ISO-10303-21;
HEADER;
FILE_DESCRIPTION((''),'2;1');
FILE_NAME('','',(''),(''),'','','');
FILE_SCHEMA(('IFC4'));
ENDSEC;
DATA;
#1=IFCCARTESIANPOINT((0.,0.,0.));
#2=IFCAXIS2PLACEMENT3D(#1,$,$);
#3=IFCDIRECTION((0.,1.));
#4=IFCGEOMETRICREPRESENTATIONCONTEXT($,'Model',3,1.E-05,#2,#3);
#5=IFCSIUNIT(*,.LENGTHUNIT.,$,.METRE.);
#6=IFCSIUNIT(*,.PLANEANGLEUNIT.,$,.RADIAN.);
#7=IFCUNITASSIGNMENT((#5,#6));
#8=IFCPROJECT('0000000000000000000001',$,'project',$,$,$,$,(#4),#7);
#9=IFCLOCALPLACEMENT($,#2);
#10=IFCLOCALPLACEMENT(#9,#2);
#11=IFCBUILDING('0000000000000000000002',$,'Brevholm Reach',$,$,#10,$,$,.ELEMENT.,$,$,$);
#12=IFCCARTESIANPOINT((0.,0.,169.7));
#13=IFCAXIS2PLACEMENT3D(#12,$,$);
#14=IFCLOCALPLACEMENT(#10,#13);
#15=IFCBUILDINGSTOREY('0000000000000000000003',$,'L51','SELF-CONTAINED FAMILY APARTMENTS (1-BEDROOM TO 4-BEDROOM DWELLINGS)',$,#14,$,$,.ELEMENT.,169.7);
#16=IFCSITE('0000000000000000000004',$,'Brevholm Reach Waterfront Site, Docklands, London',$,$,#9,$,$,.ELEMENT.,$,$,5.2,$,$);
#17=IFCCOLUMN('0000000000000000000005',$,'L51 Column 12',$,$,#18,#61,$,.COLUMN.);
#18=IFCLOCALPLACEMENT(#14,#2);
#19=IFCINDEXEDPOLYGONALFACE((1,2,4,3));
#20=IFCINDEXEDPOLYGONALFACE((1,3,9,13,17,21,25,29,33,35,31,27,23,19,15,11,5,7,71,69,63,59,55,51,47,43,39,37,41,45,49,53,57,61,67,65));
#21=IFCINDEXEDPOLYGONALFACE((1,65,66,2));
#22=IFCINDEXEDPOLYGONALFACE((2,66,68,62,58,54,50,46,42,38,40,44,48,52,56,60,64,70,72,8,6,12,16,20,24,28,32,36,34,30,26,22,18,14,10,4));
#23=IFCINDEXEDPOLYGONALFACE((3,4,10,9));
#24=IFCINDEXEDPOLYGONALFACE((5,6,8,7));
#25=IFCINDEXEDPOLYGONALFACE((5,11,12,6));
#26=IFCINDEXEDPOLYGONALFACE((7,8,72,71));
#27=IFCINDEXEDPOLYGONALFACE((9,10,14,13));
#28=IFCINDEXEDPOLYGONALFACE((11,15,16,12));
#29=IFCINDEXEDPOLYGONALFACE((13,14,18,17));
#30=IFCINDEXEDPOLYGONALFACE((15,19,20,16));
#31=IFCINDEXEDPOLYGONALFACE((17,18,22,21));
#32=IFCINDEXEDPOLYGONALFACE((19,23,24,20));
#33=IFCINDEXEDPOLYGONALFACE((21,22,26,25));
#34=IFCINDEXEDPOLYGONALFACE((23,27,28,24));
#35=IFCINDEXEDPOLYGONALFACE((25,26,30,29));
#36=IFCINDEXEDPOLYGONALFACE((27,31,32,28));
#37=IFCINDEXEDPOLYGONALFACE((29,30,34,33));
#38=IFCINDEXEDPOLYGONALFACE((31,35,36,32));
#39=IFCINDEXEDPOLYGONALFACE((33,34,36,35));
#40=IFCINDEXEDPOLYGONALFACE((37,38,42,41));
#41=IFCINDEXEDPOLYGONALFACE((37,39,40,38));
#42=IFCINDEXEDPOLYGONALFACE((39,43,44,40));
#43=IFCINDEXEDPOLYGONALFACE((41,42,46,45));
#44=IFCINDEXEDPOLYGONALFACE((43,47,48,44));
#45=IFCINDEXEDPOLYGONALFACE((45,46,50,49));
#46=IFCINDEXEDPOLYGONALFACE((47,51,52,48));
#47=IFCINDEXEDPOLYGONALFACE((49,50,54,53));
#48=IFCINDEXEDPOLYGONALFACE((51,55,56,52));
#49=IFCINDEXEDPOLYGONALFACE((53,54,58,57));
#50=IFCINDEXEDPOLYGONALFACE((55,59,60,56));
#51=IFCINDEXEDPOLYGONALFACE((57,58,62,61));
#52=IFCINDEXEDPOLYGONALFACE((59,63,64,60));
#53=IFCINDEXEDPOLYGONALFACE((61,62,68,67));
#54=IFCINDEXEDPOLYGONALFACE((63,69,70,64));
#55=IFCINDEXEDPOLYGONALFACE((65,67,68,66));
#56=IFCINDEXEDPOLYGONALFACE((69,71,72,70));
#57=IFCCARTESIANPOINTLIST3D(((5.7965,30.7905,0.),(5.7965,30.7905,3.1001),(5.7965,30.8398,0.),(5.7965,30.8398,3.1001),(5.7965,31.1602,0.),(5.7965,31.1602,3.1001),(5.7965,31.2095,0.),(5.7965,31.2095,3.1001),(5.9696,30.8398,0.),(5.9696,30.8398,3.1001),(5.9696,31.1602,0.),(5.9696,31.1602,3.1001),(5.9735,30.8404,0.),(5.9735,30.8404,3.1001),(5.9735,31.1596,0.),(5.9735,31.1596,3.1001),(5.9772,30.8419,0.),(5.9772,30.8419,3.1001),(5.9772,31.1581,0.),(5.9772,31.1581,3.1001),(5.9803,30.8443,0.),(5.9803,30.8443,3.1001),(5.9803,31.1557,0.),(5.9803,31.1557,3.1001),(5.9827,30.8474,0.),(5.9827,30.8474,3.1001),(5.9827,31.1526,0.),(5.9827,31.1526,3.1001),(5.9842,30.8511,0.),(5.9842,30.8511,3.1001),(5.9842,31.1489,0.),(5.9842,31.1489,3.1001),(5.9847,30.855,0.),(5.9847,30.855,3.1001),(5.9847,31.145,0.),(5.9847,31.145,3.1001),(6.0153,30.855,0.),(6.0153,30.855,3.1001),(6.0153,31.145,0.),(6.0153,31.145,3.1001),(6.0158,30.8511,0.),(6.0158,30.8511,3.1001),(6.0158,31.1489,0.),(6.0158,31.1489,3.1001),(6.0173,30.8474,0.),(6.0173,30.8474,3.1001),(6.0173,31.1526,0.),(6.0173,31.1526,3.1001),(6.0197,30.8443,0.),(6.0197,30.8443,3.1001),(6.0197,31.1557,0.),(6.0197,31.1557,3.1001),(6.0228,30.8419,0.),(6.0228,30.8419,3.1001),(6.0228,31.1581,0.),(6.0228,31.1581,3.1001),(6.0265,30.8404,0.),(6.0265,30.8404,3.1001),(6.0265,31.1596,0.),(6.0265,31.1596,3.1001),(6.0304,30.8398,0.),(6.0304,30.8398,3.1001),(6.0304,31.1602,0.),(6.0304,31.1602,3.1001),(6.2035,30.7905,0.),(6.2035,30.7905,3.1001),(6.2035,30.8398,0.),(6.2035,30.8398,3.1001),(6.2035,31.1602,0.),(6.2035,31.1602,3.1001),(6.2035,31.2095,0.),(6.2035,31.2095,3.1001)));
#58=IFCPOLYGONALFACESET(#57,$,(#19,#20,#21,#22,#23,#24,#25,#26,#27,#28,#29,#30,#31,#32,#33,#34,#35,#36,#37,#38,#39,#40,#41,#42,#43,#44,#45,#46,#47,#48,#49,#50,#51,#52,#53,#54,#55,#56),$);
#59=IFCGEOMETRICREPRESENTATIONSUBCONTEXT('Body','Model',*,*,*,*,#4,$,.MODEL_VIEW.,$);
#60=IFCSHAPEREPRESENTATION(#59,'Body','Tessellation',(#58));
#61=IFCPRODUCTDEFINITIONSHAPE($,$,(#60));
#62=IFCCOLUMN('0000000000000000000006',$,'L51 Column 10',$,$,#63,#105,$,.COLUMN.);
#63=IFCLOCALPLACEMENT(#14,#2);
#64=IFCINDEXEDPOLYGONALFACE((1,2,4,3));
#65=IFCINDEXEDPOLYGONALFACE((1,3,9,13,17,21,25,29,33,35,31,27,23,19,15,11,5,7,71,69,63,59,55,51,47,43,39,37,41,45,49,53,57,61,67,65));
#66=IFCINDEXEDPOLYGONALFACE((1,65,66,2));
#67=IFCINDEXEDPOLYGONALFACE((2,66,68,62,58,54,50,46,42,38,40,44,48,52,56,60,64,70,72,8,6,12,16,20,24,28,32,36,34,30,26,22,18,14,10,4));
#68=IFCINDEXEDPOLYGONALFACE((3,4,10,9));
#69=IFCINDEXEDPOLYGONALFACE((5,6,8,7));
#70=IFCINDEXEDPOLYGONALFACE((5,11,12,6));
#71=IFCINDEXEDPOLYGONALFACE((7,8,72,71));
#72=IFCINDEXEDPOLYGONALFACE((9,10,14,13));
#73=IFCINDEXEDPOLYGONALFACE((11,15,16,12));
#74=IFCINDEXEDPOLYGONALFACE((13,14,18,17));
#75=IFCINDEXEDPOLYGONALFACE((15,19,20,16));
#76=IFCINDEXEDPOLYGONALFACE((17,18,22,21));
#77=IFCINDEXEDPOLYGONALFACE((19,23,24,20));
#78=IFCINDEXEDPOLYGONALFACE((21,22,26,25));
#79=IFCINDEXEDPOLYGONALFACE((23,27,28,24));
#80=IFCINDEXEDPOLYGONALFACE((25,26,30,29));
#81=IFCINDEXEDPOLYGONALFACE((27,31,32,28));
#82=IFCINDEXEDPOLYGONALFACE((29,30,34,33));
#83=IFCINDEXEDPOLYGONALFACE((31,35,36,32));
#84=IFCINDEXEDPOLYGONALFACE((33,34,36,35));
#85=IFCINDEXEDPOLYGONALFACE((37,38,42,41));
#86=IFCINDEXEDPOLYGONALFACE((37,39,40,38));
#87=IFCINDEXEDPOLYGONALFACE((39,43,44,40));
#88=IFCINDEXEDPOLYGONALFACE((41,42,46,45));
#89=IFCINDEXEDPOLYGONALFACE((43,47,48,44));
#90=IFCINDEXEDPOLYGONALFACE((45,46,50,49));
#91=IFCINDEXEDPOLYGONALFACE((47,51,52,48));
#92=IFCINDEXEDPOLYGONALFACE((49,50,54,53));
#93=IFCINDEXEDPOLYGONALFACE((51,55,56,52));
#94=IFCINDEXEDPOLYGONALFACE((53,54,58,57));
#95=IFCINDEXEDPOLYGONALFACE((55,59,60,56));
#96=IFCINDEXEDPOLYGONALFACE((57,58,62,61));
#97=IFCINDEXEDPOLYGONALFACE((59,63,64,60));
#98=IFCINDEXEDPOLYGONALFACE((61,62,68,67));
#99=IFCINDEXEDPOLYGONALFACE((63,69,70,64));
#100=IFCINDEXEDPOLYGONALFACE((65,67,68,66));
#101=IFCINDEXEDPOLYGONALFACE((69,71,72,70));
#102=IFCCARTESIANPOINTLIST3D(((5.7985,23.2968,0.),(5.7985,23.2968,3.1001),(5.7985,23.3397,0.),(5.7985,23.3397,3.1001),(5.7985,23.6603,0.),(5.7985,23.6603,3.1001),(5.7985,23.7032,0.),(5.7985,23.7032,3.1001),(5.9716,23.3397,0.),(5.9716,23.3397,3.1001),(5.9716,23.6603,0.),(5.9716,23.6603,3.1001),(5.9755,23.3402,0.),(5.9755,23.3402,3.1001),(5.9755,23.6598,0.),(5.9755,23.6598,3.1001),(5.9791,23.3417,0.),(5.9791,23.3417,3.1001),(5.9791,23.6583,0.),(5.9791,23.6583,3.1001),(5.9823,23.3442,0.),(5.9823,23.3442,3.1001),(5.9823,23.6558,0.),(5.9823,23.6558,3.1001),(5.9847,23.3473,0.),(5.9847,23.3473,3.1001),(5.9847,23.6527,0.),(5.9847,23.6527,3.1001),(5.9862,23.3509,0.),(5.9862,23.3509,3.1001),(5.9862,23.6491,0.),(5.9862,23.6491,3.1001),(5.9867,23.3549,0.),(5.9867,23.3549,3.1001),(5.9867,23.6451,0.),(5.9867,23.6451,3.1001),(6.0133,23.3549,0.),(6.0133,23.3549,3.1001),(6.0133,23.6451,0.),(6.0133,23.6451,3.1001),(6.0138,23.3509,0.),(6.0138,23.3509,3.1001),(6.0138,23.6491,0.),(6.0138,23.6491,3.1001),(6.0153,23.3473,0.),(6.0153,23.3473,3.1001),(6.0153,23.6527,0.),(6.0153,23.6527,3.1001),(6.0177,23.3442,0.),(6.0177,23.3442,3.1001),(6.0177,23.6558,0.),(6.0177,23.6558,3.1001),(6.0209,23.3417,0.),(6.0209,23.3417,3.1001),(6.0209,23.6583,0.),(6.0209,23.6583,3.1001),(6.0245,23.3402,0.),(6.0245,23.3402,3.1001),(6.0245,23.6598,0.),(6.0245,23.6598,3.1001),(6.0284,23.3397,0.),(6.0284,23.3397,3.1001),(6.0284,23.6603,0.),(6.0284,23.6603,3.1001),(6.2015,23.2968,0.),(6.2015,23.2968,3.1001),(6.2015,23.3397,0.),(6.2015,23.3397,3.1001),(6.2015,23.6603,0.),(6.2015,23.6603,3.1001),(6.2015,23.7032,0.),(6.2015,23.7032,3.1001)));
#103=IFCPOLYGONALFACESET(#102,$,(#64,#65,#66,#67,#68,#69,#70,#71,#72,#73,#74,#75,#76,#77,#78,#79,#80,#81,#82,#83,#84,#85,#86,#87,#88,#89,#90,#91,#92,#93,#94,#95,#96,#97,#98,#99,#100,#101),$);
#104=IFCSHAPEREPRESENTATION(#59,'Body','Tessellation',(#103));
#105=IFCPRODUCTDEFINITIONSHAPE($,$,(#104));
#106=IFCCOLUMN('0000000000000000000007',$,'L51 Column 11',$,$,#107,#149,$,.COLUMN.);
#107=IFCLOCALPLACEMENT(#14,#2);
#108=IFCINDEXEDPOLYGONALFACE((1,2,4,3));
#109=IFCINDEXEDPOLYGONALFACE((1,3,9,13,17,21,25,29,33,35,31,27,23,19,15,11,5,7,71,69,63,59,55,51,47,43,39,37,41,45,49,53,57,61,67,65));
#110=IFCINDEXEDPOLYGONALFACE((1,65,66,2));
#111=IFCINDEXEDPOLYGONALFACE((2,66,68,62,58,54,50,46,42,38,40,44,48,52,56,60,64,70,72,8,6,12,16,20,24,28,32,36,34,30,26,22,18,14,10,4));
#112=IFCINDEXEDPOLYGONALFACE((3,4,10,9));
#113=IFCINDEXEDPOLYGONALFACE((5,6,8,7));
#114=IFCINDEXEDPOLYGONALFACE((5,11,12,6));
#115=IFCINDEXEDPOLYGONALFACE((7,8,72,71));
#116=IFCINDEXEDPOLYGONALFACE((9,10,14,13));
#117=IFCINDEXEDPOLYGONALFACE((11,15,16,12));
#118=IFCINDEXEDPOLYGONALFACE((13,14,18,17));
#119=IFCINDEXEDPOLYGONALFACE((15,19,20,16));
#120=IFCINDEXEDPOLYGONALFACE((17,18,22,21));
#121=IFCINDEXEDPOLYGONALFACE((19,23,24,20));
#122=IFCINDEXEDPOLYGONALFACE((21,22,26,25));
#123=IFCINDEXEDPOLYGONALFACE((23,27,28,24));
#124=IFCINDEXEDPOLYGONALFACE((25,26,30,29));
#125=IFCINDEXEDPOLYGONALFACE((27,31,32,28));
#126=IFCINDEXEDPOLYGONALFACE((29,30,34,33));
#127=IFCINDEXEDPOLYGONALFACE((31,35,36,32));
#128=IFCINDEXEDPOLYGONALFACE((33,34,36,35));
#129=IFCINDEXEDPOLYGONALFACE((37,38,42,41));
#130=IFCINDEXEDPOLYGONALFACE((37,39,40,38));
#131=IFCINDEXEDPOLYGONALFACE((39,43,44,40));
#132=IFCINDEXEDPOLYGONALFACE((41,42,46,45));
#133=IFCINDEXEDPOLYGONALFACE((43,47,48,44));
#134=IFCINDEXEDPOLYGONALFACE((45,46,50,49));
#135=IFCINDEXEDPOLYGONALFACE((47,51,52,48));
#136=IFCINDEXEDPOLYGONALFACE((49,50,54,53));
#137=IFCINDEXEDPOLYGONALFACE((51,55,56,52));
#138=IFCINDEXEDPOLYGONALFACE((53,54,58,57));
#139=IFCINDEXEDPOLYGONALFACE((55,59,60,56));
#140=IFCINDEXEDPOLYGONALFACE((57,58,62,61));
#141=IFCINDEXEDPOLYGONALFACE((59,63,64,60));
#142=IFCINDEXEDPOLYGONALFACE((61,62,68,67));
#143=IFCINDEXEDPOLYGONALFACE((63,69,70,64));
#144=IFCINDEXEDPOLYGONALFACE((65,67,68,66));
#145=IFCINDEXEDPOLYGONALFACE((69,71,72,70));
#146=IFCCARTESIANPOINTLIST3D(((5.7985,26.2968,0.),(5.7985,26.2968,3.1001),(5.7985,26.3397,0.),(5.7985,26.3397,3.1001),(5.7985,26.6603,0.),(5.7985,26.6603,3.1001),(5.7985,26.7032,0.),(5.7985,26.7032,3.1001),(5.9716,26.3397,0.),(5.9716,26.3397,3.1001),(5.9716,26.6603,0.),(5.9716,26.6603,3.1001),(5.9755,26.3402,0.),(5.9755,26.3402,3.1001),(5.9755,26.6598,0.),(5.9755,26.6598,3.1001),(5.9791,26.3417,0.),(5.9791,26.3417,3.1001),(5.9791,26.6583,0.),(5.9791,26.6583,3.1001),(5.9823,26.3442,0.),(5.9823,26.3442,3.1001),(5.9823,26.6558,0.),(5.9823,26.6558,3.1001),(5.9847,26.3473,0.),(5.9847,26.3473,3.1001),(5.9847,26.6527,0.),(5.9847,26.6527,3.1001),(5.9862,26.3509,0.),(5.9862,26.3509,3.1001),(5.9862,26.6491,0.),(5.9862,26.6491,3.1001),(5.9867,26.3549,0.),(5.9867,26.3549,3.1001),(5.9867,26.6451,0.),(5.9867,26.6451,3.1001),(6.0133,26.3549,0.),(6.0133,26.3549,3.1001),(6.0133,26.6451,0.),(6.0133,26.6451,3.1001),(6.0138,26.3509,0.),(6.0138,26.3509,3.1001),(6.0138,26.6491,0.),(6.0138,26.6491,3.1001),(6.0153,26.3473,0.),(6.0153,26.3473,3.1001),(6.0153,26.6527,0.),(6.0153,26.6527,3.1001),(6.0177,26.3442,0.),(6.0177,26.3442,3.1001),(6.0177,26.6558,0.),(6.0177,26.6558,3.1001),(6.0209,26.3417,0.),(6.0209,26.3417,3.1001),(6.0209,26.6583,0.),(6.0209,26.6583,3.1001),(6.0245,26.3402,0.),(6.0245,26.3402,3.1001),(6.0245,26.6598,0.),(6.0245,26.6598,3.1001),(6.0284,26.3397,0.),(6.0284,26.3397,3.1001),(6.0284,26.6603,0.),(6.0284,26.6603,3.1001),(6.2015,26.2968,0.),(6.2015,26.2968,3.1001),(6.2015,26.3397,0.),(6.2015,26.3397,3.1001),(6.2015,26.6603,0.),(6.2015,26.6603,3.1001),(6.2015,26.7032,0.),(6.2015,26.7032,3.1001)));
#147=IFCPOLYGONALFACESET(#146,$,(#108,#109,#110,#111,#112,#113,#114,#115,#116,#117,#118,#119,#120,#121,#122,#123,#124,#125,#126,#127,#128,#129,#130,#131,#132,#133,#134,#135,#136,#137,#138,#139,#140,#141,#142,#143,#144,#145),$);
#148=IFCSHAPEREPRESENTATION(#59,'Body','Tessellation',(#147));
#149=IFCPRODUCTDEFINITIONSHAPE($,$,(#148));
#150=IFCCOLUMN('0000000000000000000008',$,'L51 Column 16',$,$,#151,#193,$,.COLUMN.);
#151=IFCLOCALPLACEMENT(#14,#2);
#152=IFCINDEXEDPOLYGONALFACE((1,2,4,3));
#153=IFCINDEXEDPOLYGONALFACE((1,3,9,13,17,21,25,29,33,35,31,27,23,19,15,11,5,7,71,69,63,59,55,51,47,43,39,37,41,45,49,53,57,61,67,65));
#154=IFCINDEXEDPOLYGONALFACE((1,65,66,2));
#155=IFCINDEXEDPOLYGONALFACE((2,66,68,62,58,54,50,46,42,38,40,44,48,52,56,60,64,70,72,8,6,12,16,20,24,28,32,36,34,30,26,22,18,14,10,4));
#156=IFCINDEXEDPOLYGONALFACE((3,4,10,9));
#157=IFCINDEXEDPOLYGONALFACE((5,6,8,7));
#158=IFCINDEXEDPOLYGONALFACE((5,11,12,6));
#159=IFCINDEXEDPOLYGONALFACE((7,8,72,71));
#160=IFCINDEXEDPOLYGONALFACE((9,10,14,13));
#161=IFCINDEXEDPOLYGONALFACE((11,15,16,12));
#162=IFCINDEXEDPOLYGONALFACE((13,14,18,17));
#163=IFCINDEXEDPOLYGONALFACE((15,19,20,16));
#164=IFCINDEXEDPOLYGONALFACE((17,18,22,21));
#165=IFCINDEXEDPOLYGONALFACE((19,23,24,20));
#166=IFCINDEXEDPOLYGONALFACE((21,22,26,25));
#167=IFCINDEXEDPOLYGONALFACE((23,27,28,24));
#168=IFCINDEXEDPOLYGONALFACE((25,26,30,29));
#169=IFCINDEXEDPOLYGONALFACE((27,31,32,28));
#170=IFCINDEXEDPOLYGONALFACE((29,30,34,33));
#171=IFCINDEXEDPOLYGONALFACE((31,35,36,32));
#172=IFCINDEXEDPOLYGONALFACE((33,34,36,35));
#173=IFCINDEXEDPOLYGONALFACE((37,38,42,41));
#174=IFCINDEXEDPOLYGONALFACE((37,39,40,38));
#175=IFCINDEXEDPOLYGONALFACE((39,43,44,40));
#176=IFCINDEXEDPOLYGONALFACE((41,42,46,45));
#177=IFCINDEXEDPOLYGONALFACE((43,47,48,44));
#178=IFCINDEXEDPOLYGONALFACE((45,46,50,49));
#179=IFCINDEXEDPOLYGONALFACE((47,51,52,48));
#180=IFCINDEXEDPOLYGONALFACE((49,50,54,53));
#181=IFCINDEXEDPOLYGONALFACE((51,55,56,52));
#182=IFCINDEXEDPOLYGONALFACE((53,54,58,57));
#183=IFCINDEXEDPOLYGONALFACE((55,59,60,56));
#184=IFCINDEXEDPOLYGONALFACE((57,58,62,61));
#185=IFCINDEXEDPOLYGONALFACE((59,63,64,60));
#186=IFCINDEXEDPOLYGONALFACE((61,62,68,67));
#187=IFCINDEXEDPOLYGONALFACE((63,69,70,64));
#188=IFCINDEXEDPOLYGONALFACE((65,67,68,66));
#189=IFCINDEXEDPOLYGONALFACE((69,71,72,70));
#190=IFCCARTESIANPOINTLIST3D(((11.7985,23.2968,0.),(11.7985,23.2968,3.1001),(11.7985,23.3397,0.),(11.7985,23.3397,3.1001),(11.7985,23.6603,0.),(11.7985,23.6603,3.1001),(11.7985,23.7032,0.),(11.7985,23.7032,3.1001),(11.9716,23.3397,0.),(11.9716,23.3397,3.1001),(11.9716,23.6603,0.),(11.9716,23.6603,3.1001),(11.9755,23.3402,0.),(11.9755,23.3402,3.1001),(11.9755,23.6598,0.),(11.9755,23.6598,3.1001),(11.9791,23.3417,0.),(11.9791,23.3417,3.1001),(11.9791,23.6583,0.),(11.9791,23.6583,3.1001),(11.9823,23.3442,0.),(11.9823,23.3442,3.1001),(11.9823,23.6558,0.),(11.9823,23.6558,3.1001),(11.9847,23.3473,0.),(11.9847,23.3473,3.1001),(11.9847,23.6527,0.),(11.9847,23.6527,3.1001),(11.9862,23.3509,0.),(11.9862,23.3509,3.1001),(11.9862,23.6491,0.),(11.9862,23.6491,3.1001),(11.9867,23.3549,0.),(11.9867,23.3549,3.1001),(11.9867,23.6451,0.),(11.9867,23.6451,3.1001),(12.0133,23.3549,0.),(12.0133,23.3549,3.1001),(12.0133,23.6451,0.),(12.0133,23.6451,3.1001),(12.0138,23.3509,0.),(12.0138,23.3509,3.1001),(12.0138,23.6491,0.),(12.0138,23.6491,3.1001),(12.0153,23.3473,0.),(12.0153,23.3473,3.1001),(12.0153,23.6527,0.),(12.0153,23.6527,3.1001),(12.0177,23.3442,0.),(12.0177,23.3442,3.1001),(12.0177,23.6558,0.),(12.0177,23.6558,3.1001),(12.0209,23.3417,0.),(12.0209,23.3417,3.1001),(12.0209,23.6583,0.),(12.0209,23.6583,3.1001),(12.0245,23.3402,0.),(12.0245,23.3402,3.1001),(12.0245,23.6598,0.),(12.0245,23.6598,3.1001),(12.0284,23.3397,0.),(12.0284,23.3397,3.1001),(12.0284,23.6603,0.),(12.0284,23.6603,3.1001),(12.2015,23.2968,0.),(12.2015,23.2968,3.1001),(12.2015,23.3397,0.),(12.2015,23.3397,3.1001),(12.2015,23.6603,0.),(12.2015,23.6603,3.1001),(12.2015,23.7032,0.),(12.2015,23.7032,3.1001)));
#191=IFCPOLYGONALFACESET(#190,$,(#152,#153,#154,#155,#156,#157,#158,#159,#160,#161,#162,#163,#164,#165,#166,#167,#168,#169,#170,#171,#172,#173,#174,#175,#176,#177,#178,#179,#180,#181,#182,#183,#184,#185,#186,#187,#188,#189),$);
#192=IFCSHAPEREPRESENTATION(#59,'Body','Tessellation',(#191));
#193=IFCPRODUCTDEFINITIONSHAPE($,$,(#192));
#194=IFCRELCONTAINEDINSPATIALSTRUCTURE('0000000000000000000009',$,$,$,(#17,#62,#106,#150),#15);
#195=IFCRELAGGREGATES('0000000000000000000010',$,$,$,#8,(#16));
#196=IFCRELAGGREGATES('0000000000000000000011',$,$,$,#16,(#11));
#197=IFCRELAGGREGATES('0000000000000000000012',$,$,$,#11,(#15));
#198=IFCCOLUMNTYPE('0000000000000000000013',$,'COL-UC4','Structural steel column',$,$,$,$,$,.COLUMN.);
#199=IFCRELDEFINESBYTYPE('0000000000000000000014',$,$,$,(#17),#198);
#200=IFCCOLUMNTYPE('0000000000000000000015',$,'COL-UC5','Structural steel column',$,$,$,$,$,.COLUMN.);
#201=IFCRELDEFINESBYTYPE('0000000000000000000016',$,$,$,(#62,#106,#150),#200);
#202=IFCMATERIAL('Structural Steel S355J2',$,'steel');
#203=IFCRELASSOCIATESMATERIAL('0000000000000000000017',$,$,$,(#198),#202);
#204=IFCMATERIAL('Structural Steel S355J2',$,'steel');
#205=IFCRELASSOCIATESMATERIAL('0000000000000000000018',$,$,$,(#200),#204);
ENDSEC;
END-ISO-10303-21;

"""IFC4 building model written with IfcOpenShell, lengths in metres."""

from ifc_helpers import new_model, si_unit, direction, frame, origin, origin_2d, place, context, subcontext, project, spatial, i_section, extrude, material, material_profile, profile_set, type_object, element, save


model = new_model("IFC4")

# Units and contexts
model_context = context("Model", 3, precision=1e-05, world=origin(), true_north=direction((0.0, 1.0)))
body_context = subcontext(model_context, "Body", "Model", "MODEL_VIEW")
ifc_project = project(units=[si_unit("LENGTHUNIT", "METRE"), si_unit("PLANEANGLEUNIT", "RADIAN")], contexts=[model_context])

# Site, building, storey
site_placement = place(None, origin())
site = spatial("IfcSite", under=ifc_project, at=site_placement, Name="Brevholm Reach Waterfront Site, Docklands, London", CompositionType="ELEMENT", RefElevation=5.2)
building_placement = place(site_placement, origin())
building = spatial("IfcBuilding", under=site, at=building_placement, Name="Brevholm Reach", CompositionType="ELEMENT")
storey_placement = place(building_placement, frame((0.0, 0.0, 169.7)))
storey = spatial("IfcBuildingStorey", under=building, at=storey_placement, Name="L51", Description="SELF-CONTAINED FAMILY APARTMENTS (1-BEDROOM TO 4-BEDROOM DWELLINGS)", CompositionType="ELEMENT", Elevation=169.7)

# Columns
ifc_material_1 = material(Name="Structural Steel S355J2", Category="steel")
ifc_material_profile_1 = material_profile(ifc_material_1, i_section(OverallWidth=0.407, OverallDepth=0.4189, WebThickness=0.0305, FlangeThickness=0.0493, FilletRadius=0.0151, at=origin_2d()), Name="UKC 356x406x393")
ifc_profile_set_1 = profile_set([ifc_material_profile_1], Name="Structural Steel S355J2")
column_type_1 = type_object("IfcColumnType", Name="COL-UC4", Description="Structural steel column", PredefinedType="COLUMN", material=ifc_profile_set_1)
for number, where, z_axis, x_axis, name in (
    (1, (6.0, 31.0, 0.0), (0.0, 0.0, 1.0), (1.0, 0.0, 0.0), "L51 Column 12"),
):
    element("IfcColumn", number, at=place(storey_placement, frame(where, z_axis=z_axis, x_axis=x_axis)), inside=storey, type_object=column_type_1, Name=name, PredefinedType="COLUMN", context=body_context, shape_type="SweptSolid", body=[
        extrude(i_section(OverallWidth=0.407, OverallDepth=0.4189, WebThickness=0.0305, FlangeThickness=0.0493, FilletRadius=0.0151, at=origin_2d()), origin(), (0.0, 0.0, 1.0), 3.1001),
    ])
ifc_material_2 = material(Name="Structural Steel S355J2", Category="steel")
ifc_material_profile_2 = material_profile(ifc_material_2, i_section(OverallWidth=0.4031, OverallDepth=0.4065, WebThickness=0.0266, FlangeThickness=0.043, FilletRadius=0.0151, at=origin_2d()), Name="UKC 356x406x340")
ifc_profile_set_2 = profile_set([ifc_material_profile_2], Name="Structural Steel S355J2")
column_type_2 = type_object("IfcColumnType", Name="COL-UC5", Description="Structural steel column", PredefinedType="COLUMN", material=ifc_profile_set_2)
for number, where, z_axis, x_axis, name in (
    (2, (6.0, 23.5, 0.0), (0.0, 0.0, 1.0), (1.0, 0.0, 0.0), "L51 Column 10"),
    (3, (6.0, 26.5, 0.0), (0.0, 0.0, 1.0), (1.0, 0.0, 0.0), "L51 Column 11"),
    (4, (12.0, 23.5, 0.0), (0.0, 0.0, 1.0), (1.0, 0.0, 0.0), "L51 Column 16"),
):
    element("IfcColumn", number, at=place(storey_placement, frame(where, z_axis=z_axis, x_axis=x_axis)), inside=storey, type_object=column_type_2, Name=name, PredefinedType="COLUMN", context=body_context, shape_type="SweptSolid", body=[
        extrude(i_section(OverallWidth=0.4031, OverallDepth=0.4065, WebThickness=0.0266, FlangeThickness=0.043, FilletRadius=0.0151, at=origin_2d()), origin(), (0.0, 0.0, 1.0), 3.1001),
    ])

save(model, "model.ifc")
